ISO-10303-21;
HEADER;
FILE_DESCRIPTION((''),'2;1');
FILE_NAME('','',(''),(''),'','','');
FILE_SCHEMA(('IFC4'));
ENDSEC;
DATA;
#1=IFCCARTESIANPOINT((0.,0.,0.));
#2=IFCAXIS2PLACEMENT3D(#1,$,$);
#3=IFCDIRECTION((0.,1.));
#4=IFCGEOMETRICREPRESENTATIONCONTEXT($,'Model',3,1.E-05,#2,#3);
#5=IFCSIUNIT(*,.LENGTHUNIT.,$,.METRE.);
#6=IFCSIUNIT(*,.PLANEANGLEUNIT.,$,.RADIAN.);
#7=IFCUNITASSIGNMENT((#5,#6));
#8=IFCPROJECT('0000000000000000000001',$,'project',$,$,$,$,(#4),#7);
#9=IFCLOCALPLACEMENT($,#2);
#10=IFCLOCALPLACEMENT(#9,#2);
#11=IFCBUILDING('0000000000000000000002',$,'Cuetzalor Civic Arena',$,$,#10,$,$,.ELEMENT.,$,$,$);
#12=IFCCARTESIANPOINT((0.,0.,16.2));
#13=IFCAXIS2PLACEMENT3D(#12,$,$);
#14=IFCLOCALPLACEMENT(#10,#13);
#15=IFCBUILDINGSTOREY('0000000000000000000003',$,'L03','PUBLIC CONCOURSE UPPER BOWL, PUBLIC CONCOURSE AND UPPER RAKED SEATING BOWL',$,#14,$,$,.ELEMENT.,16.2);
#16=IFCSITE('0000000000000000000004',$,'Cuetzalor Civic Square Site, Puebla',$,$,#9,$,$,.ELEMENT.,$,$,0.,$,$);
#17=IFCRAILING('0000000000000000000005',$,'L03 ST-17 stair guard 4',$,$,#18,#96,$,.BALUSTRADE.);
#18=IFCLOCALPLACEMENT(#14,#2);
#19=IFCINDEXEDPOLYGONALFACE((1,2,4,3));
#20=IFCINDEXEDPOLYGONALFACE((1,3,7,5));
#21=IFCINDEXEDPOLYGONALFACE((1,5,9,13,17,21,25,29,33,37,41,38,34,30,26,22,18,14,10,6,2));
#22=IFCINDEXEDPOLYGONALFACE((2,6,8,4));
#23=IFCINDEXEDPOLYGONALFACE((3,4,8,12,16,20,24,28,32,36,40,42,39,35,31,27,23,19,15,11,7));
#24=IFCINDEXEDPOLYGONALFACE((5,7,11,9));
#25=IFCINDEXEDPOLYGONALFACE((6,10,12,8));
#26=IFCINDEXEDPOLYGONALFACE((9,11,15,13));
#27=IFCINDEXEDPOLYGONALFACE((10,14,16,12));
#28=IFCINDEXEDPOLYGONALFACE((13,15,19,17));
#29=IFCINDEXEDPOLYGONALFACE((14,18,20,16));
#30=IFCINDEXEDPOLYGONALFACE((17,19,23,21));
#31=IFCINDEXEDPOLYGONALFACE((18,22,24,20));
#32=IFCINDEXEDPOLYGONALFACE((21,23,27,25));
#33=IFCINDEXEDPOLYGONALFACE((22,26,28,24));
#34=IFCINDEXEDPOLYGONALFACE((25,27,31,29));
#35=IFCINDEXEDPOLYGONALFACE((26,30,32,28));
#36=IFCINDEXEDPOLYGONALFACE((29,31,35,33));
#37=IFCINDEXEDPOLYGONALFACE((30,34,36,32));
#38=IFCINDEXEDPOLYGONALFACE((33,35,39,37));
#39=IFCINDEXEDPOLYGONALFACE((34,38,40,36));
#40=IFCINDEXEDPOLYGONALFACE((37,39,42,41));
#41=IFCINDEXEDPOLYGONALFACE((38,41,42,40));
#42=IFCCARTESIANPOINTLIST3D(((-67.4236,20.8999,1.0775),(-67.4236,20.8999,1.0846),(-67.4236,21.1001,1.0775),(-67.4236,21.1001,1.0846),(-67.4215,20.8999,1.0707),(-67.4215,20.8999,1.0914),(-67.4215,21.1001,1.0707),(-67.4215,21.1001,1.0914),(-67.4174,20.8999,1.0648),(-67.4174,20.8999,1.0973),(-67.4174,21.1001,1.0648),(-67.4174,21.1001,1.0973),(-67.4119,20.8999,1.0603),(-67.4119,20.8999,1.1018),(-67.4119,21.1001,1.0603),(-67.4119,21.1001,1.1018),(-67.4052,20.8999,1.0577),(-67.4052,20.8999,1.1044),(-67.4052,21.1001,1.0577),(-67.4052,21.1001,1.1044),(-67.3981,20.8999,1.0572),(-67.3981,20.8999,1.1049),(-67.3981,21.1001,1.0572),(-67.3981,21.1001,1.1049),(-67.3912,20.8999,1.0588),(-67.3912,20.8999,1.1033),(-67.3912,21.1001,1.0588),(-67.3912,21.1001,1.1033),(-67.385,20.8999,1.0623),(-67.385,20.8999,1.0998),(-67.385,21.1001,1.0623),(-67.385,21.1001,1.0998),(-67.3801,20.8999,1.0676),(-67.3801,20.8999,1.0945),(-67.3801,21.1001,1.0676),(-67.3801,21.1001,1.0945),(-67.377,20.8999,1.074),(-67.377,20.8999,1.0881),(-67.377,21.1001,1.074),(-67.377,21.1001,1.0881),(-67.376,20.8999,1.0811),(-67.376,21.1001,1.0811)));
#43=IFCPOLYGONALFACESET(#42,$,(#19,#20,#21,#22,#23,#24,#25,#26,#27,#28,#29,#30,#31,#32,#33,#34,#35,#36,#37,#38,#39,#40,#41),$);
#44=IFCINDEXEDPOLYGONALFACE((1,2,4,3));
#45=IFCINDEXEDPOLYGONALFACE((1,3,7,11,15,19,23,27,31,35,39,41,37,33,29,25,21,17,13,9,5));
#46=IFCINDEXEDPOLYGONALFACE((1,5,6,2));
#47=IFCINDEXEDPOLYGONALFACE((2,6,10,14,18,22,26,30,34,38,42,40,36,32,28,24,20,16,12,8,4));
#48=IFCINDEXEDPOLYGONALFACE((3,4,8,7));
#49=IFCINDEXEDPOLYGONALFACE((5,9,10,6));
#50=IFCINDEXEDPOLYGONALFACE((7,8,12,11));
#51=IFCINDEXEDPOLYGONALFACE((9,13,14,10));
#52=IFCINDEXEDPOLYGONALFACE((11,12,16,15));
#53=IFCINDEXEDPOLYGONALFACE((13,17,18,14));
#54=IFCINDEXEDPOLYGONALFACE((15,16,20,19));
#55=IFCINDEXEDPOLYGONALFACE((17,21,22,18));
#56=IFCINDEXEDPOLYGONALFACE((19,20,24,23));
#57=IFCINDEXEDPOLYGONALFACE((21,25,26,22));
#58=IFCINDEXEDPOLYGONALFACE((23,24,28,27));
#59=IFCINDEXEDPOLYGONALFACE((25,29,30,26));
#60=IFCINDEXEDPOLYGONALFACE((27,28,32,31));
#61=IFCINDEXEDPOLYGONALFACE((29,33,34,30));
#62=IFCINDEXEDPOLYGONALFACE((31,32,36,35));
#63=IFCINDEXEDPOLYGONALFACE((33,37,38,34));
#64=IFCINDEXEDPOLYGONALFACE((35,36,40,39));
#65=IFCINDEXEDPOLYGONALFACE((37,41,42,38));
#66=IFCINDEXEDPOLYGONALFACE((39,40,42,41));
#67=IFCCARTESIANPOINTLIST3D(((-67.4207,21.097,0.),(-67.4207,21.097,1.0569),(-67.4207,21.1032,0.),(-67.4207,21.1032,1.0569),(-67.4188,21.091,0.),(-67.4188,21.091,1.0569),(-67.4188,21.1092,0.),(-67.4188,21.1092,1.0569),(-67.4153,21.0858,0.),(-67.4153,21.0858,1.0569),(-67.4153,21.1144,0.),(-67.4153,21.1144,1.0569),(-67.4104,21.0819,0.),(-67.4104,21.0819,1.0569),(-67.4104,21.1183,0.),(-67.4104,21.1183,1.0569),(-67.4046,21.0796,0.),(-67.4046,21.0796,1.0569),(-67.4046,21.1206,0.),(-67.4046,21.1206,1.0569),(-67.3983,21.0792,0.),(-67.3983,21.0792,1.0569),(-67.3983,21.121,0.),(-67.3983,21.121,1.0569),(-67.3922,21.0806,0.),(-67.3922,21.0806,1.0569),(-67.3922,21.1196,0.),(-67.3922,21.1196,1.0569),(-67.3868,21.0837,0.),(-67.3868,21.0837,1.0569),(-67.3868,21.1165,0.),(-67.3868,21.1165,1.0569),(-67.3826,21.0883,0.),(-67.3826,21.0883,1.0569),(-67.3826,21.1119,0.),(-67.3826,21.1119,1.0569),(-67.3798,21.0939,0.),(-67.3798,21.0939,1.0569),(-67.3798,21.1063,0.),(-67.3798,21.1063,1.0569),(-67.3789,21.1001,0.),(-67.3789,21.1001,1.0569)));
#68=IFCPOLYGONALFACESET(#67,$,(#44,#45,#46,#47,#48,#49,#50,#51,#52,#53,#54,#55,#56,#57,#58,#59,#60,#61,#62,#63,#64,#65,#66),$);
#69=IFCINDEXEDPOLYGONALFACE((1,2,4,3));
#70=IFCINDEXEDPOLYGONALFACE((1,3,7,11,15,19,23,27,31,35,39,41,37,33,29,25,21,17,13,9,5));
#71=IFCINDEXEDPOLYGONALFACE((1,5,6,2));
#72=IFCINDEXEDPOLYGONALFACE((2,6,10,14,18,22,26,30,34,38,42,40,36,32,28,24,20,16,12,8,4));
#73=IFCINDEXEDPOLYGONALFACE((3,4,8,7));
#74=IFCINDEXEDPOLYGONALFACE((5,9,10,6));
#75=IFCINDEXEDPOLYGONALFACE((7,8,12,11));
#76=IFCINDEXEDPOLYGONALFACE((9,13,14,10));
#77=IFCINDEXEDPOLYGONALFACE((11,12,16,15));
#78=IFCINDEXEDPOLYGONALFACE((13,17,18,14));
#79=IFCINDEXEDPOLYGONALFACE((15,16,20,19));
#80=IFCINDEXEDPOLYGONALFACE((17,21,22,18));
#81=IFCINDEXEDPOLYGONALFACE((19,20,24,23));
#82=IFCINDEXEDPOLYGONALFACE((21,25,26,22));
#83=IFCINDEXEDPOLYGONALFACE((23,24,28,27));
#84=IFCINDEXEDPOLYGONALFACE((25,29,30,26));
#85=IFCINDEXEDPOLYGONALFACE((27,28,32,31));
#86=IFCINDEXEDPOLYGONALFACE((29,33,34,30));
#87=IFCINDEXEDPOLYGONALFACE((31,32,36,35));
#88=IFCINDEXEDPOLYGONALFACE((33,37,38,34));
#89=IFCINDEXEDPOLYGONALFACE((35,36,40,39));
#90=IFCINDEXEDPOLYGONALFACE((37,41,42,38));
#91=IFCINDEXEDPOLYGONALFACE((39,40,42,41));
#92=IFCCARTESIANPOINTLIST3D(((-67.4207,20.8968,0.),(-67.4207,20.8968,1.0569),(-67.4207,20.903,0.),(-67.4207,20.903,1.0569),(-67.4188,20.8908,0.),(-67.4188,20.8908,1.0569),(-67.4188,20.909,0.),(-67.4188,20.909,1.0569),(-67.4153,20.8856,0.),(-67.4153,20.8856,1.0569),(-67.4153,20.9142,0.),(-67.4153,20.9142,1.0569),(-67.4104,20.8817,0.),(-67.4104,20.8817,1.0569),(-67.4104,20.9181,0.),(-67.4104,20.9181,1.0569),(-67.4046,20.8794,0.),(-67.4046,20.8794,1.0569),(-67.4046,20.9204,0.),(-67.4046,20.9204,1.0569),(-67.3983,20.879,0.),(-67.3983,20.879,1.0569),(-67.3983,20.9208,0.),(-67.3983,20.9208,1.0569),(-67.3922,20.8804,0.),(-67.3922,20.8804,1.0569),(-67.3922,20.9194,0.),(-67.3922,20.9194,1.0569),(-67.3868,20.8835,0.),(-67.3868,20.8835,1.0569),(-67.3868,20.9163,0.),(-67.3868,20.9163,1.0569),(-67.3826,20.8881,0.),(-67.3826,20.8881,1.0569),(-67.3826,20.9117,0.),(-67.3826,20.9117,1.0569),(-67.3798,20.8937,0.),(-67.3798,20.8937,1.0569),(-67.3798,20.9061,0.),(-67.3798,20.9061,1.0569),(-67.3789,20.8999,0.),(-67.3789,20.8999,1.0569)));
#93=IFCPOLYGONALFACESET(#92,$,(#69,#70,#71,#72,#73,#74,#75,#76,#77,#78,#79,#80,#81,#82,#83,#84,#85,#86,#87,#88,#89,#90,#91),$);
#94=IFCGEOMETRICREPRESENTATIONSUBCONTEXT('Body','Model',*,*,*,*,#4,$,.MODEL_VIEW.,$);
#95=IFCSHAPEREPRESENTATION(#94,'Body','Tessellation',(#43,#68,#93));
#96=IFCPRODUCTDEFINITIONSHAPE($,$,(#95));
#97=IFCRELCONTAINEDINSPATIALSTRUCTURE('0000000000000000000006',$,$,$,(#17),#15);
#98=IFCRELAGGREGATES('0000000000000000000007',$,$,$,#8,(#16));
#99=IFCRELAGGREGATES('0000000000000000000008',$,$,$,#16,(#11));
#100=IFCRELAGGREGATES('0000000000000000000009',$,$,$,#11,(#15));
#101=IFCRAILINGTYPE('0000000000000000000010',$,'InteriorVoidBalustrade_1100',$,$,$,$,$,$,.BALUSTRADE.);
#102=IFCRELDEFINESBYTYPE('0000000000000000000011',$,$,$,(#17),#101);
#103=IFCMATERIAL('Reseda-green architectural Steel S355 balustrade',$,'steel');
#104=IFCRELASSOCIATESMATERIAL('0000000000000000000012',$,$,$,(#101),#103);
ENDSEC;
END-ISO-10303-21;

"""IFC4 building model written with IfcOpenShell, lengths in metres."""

from ifc_helpers import new_model, si_unit, direction, frame, origin, origin_2d, place, context, subcontext, project, spatial, circle, extrude, material, type_object, element, save


model = new_model("IFC4")

# Units and contexts
model_context = context("Model", 3, precision=1e-05, world=origin(), true_north=direction((0.0, 1.0)))
body_context = subcontext(model_context, "Body", "Model", "MODEL_VIEW")
ifc_project = project(units=[si_unit("LENGTHUNIT", "METRE"), si_unit("PLANEANGLEUNIT", "RADIAN")], contexts=[model_context])

# Site, building, storey
site_placement = place(None, origin())
site = spatial("IfcSite", under=ifc_project, at=site_placement, Name="Cuetzalor Civic Square Site, Puebla", CompositionType="ELEMENT", RefElevation=0.0)
building_placement = place(site_placement, origin())
building = spatial("IfcBuilding", under=site, at=building_placement, Name="Cuetzalor Civic Arena", CompositionType="ELEMENT")
storey_placement = place(building_placement, frame((0.0, 0.0, 16.2)))
storey = spatial("IfcBuildingStorey", under=building, at=storey_placement, Name="L03", Description="PUBLIC CONCOURSE UPPER BOWL, PUBLIC CONCOURSE AND UPPER RAKED SEATING BOWL", CompositionType="ELEMENT", Elevation=16.2)

# Railing
ifc_material_1 = material(Name="Reseda-green architectural Steel S355 balustrade", Category="steel")
railing_type_1 = type_object("IfcRailingType", Name="InteriorVoidBalustrade_1100", PredefinedType="BALUSTRADE", material=ifc_material_1)
railing_1_placement = place(storey_placement, frame((-67.3999, 21.1001, 0.0)))
element("IfcRailing", 1, at=railing_1_placement, inside=storey, type_object=railing_type_1, Name="L03 ST-17 stair guard 4", PredefinedType="BALUSTRADE", context=body_context, shape_type="SweptSolid", body=[
    extrude(circle(Radius=0.0239, at=origin_2d()), frame((0.0, 0.0, 1.0811), z_axis=(0.0, -1.0, 0.0), x_axis=(1.0, 0.0, 0.0)), (0.0, 0.0, 1.0), 0.2002),
    extrude(circle(Radius=0.021, at=origin_2d()), origin(), (0.0, 0.0, 1.0), 1.0569),
    extrude(circle(Radius=0.021, at=origin_2d()), frame((0.0, -0.2002, 0.0)), (0.0, 0.0, 1.0), 1.0569),
])

save(model, "model.ifc")
